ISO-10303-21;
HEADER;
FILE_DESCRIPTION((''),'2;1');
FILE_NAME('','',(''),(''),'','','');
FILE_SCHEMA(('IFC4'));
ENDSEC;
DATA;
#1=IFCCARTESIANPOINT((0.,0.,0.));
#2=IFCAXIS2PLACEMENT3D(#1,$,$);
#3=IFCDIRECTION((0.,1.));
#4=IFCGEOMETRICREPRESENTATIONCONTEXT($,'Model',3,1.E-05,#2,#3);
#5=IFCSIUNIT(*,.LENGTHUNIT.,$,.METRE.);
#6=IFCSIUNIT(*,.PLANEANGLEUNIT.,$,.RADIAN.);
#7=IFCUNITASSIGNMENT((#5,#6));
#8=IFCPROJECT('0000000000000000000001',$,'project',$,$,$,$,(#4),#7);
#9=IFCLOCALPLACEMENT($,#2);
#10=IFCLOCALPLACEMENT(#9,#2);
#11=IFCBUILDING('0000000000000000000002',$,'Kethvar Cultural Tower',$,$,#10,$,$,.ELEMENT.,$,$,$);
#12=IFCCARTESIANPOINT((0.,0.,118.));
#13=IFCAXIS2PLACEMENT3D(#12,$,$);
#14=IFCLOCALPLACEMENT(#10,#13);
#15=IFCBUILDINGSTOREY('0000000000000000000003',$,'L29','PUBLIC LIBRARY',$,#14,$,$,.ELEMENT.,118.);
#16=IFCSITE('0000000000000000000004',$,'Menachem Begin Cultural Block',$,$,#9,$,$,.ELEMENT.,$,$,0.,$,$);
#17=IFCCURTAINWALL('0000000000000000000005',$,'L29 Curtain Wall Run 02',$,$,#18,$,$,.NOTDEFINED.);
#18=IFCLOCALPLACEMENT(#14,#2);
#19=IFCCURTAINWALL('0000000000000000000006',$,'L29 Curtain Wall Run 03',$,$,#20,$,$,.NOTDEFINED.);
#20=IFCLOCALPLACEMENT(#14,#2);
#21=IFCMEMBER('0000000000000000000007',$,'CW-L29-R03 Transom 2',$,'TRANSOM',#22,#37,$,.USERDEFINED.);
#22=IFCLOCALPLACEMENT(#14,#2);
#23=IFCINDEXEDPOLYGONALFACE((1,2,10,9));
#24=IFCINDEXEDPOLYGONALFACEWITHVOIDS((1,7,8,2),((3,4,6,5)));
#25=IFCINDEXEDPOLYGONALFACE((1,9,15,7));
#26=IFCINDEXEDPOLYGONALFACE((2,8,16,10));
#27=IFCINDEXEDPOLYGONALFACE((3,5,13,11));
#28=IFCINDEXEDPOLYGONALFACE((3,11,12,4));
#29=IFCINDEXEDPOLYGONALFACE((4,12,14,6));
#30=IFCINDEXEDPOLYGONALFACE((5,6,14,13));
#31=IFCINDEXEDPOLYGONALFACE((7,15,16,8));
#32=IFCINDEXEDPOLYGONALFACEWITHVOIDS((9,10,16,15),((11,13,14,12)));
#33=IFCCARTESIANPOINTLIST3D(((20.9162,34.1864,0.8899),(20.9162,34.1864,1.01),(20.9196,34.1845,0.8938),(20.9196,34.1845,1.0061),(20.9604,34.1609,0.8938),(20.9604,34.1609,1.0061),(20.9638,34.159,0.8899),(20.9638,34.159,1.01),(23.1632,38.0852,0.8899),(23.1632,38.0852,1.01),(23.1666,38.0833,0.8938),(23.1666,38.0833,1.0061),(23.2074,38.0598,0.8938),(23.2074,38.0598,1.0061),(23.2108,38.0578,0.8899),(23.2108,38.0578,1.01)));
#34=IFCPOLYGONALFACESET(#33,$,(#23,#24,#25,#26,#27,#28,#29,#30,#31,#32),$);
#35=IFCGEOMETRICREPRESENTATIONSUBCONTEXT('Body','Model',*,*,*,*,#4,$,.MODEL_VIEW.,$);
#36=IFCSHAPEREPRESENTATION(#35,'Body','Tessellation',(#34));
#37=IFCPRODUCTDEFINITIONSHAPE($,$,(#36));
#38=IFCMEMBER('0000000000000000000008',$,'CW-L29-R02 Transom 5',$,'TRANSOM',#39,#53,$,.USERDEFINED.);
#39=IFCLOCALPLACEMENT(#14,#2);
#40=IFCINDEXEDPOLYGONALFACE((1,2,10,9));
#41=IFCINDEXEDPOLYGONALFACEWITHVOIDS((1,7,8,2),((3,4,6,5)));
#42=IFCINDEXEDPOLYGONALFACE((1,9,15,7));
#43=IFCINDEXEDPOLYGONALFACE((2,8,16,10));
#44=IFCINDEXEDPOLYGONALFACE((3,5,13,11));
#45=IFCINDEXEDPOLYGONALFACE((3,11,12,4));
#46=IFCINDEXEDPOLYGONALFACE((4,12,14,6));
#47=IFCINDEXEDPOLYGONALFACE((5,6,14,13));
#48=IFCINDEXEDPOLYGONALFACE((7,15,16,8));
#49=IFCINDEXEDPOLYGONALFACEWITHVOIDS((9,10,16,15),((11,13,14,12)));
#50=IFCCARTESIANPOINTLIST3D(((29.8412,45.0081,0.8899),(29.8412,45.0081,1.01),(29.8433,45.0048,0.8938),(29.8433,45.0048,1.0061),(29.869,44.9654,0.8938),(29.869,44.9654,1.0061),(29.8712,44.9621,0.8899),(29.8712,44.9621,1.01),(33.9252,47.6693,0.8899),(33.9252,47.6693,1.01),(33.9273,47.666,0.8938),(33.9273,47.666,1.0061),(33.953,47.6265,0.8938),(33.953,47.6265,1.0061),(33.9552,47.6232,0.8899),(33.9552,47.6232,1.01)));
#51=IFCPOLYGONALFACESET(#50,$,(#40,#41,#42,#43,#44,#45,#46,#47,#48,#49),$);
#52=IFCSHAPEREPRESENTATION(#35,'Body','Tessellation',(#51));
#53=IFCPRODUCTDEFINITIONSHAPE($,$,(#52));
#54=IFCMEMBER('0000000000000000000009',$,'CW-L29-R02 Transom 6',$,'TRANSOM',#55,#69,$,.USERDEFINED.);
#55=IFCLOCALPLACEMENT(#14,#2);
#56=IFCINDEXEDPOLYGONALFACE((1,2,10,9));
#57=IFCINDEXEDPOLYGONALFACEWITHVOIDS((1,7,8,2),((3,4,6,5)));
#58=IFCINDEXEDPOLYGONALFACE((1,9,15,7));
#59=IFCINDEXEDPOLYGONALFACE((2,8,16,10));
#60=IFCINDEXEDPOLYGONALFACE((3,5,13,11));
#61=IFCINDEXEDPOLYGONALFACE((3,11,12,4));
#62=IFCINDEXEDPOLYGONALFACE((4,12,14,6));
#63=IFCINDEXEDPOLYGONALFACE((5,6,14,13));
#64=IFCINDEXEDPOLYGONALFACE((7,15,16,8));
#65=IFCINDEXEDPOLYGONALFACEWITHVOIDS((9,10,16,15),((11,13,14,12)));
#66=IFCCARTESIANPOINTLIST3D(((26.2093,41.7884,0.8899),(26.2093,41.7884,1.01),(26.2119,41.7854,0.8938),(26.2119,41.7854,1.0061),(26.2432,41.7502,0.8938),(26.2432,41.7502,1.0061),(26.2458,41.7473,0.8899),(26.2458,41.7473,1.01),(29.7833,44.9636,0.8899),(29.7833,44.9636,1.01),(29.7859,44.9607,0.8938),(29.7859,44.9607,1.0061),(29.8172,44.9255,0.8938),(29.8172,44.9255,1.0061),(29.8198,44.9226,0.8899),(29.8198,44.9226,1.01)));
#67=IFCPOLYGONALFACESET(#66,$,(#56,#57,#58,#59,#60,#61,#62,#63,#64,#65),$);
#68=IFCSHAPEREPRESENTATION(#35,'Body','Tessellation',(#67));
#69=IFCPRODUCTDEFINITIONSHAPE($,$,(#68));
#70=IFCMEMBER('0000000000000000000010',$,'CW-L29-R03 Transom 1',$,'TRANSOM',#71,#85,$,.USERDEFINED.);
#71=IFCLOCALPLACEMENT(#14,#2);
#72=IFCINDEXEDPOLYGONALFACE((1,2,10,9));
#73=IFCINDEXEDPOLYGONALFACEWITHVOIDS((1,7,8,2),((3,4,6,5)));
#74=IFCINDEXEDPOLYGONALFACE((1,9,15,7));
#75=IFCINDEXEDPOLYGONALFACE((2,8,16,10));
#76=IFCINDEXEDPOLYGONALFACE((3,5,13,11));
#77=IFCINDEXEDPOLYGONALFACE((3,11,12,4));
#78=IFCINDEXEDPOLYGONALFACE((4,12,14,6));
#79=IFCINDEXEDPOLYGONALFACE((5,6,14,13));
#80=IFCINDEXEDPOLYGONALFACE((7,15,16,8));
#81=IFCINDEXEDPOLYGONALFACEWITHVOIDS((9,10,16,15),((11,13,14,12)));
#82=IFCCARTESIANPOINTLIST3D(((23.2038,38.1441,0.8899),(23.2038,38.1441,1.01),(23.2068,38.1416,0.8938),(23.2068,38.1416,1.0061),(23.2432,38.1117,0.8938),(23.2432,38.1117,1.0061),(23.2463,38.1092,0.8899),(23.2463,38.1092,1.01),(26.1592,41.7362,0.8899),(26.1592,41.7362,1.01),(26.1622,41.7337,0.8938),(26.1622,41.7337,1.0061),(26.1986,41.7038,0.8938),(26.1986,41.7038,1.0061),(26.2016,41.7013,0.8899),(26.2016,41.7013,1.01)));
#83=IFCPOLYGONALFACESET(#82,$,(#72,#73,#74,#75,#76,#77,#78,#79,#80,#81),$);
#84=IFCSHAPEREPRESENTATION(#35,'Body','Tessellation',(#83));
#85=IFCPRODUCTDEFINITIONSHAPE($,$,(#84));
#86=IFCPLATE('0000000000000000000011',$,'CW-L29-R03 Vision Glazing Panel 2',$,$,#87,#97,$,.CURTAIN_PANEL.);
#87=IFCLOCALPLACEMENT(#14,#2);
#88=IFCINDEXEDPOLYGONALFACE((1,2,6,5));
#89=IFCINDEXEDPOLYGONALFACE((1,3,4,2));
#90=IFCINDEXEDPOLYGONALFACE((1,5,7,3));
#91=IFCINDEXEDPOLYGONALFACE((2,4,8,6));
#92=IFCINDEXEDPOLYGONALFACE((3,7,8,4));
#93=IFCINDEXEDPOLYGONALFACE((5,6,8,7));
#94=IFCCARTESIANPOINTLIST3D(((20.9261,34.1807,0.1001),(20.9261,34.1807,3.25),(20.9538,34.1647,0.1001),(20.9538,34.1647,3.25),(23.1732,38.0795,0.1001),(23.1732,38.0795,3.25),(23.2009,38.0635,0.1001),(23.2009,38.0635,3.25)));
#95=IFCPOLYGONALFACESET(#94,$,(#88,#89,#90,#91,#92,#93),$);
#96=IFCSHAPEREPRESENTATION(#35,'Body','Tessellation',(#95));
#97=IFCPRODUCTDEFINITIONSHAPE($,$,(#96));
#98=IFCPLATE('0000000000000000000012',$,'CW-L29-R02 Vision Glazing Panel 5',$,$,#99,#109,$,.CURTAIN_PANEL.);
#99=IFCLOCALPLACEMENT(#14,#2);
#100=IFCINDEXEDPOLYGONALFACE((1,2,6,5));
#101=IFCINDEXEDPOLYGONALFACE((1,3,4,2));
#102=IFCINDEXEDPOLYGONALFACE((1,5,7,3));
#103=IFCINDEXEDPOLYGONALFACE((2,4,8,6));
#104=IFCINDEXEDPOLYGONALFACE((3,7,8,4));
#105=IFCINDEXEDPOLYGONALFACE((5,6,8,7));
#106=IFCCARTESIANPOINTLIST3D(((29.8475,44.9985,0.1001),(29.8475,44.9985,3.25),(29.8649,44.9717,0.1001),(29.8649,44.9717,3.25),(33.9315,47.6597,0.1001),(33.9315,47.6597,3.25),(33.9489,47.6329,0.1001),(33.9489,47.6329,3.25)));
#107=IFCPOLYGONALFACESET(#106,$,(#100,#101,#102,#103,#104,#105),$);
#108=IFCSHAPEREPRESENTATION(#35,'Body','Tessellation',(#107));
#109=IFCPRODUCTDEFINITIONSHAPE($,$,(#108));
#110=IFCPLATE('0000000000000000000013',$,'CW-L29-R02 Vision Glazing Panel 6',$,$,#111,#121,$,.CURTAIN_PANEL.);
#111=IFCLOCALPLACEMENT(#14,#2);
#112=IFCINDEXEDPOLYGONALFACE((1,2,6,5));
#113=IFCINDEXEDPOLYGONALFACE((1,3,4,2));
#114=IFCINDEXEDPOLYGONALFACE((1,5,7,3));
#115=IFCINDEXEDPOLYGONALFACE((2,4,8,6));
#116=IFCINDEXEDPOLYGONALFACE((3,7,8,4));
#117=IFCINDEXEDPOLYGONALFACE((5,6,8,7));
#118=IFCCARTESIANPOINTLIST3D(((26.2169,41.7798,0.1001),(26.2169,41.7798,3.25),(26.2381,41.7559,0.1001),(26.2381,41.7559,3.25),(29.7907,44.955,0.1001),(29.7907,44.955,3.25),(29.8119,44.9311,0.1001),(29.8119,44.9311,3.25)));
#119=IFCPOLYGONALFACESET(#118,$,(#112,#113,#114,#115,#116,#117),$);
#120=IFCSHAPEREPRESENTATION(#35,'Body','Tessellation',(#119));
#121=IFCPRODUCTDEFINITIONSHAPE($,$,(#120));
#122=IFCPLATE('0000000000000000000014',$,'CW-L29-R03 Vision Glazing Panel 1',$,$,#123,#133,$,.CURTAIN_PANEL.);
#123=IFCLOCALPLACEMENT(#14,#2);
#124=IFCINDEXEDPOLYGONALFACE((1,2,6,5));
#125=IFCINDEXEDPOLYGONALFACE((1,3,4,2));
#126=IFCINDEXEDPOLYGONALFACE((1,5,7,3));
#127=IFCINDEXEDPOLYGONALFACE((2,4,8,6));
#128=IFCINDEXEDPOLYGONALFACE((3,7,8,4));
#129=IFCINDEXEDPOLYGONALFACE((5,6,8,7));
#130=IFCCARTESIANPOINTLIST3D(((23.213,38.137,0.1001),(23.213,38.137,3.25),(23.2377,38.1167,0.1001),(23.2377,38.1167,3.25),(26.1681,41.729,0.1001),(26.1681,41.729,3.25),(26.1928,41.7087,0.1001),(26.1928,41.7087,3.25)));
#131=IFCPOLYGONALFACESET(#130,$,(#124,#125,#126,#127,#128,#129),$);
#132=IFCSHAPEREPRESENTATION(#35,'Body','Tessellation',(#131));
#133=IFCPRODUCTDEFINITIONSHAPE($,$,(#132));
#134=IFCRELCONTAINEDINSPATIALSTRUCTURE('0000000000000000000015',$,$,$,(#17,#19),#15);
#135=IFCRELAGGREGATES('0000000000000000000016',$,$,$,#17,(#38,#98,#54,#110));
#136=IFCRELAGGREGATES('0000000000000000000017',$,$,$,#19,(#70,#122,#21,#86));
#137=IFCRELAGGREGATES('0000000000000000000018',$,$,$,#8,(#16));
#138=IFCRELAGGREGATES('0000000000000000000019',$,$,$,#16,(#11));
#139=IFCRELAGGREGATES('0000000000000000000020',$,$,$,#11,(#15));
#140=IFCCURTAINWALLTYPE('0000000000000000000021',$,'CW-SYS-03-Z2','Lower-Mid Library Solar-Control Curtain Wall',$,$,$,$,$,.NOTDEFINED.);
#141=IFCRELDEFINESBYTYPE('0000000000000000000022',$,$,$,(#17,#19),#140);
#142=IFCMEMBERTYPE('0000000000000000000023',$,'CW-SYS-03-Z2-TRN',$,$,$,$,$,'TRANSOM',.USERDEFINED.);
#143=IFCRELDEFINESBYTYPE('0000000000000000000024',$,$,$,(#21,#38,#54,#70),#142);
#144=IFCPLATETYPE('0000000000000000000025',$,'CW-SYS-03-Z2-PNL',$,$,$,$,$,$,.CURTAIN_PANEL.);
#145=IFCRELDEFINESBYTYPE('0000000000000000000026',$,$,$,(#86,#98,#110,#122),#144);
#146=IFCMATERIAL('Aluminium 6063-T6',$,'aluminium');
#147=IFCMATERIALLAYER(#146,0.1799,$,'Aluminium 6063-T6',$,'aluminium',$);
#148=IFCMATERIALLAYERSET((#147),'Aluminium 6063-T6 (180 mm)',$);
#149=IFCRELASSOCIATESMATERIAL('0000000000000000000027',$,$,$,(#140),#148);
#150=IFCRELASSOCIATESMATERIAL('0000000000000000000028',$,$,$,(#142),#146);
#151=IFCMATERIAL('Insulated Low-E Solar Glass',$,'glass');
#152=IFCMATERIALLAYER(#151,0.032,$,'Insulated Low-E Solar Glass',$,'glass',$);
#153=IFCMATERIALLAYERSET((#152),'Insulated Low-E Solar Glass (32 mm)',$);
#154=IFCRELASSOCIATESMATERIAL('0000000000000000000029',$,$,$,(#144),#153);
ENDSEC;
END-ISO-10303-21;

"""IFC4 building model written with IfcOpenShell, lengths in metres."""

from ifc_helpers import new_model, si_unit, direction, frame, origin, origin_2d, place, context, subcontext, project, spatial, rectangle, hollow_rectangle, extrude, source, transform, mapped, material, layer, layer_set, material_profile, profile_set, type_object, element, aggregate, save


model = new_model("IFC4")

# Units and contexts
model_context = context("Model", 3, precision=1e-05, world=origin(), true_north=direction((0.0, 1.0)))
body_context = subcontext(model_context, "Body", "Model", "MODEL_VIEW")
ifc_project = project(units=[si_unit("LENGTHUNIT", "METRE"), si_unit("PLANEANGLEUNIT", "RADIAN")], contexts=[model_context])

# Site, building, storey
site_placement = place(None, origin())
site = spatial("IfcSite", under=ifc_project, at=site_placement, Name="Menachem Begin Cultural Block", CompositionType="ELEMENT", RefElevation=0.0)
building_placement = place(site_placement, origin())
building = spatial("IfcBuilding", under=site, at=building_placement, Name="Kethvar Cultural Tower", CompositionType="ELEMENT")
storey_placement = place(building_placement, frame((0.0, 0.0, 118.0)))
storey = spatial("IfcBuildingStorey", under=building, at=storey_placement, Name="L29", Description="PUBLIC LIBRARY", CompositionType="ELEMENT", Elevation=118.0)

# Curtain walls, member
ifc_material_1 = material(Name="Aluminium 6063-T6", Category="aluminium")
ifc_layer_1 = layer(ifc_material_1, 0.1799, Name="Aluminium 6063-T6", Category="aluminium")
ifc_layer_set_1 = layer_set([ifc_layer_1], Name="Aluminium 6063-T6 (180 mm)")
curtain_wall_type = type_object("IfcCurtainWallType", Name="CW-SYS-03-Z2", Description="Lower-Mid Library Solar-Control Curtain Wall", PredefinedType="NOTDEFINED", material=ifc_layer_set_1)
curtain_wall_1_placement = place(storey_placement, origin())
curtain_wall_1 = element("IfcCurtainWall", 1, at=curtain_wall_1_placement, inside=storey, type_object=curtain_wall_type, Name="L29 Curtain Wall Run 02", PredefinedType="NOTDEFINED")
curtain_wall_2_placement = place(storey_placement, origin())
curtain_wall_2 = element("IfcCurtainWall", 2, at=curtain_wall_2_placement, inside=storey, type_object=curtain_wall_type, Name="L29 Curtain Wall Run 03", PredefinedType="NOTDEFINED")
ifc_material_profile_1 = material_profile(ifc_material_1, hollow_rectangle(XDim=0.0549, YDim=0.1201, WallThickness=0.0039, at=origin_2d()), Name="Aluminium 6063-T6 — RHS120x55x4")
ifc_profile_set_1 = profile_set([ifc_material_profile_1], Name="Aluminium 6063-T6 — RHS120x55x4")
member_type_1 = type_object("IfcMemberType", Name="CW-SYS-03-Z2-TRN", ElementType="TRANSOM", PredefinedType="USERDEFINED", material=ifc_profile_set_1)
shared_shape_1 = source(origin(), body_context, "Body", "SweptSolid", [
    extrude(hollow_rectangle(XDim=0.0549, YDim=0.1201, WallThickness=0.0039, at=origin_2d()), origin(), (0.0, 0.0, 1.0), 4.5),
])
member_1_placement = place(storey_placement, frame((23.187, 38.0715, 0.95), z_axis=(-0.499337, -0.866408, 0.0), x_axis=(0.866408, -0.499337, 0.0)))
member_1 = element("IfcMember", 3, at=member_1_placement, type_object=member_type_1, Name="CW-L29-R03 Transom 2", ObjectType="TRANSOM", PredefinedType="USERDEFINED", context=body_context, shape_type="MappedRepresentation", body=[
    mapped(shared_shape_1, transform((0.0, 0.0, 0.0), scale=1.0)),
])

# Members
shared_shape_2 = source(origin(), body_context, "Body", "SweptSolid", [
    extrude(hollow_rectangle(XDim=0.0549, YDim=0.1201, WallThickness=0.0039, at=origin_2d()), origin(), (0.0, 0.0, 1.0), 4.8745),
])
member_2_placement = place(storey_placement, frame((33.9402, 47.6462, 0.95), z_axis=(-0.83783, -0.545932, 0.0), x_axis=(0.545932, -0.83783, 0.0)))
member_2 = element("IfcMember", 4, at=member_2_placement, type_object=member_type_1, Name="CW-L29-R02 Transom 5", ObjectType="TRANSOM", PredefinedType="USERDEFINED", context=body_context, shape_type="MappedRepresentation", body=[
    mapped(shared_shape_2, transform((0.0, 0.0, 0.0), scale=1.0)),
])
shared_shape_3 = source(origin(), body_context, "Body", "SweptSolid", [
    extrude(hollow_rectangle(XDim=0.0549, YDim=0.1201, WallThickness=0.0039, at=origin_2d()), origin(), (0.0, 0.0, 1.0), 4.7808),
])
member_3_placement = place(storey_placement, frame((29.8015, 44.9431, 0.95), z_axis=(-0.747573, -0.66418, 0.0), x_axis=(0.66418, -0.747573, 0.0)))
member_3 = element("IfcMember", 5, at=member_3_placement, type_object=member_type_1, Name="CW-L29-R02 Transom 6", ObjectType="TRANSOM", PredefinedType="USERDEFINED", context=body_context, shape_type="MappedRepresentation", body=[
    mapped(shared_shape_3, transform((0.0, 0.0, 0.0), scale=1.0)),
])
shared_shape_4 = source(origin(), body_context, "Body", "SweptSolid", [
    extrude(hollow_rectangle(XDim=0.0549, YDim=0.1201, WallThickness=0.0039, at=origin_2d()), origin(), (0.0, 0.0, 1.0), 4.6516),
])
member_4_placement = place(storey_placement, frame((26.1804, 41.7188, 0.95), z_axis=(-0.635345, -0.772229, 0.0), x_axis=(0.772229, -0.635345, 0.0)))
member_4 = element("IfcMember", 6, at=member_4_placement, type_object=member_type_1, Name="CW-L29-R03 Transom 1", ObjectType="TRANSOM", PredefinedType="USERDEFINED", context=body_context, shape_type="MappedRepresentation", body=[
    mapped(shared_shape_4, transform((0.0, 0.0, 0.0), scale=1.0)),
])

# Plates
ifc_material_2 = material(Name="Insulated Low-E Solar Glass", Category="glass")
ifc_layer_2 = layer(ifc_material_2, 0.032, Name="Insulated Low-E Solar Glass", Category="glass")
ifc_layer_set_2 = layer_set([ifc_layer_2], Name="Insulated Low-E Solar Glass (32 mm)")
plate_type = type_object("IfcPlateType", Name="CW-SYS-03-Z2-PNL", PredefinedType="CURTAIN_PANEL", material=ifc_layer_set_2)
shared_shape_5 = source(origin(), body_context, "Body", "SweptSolid", [
    extrude(rectangle(XDim=4.5, YDim=0.032, at=origin_2d()), origin(), (0.0, 0.0, 1.0), 3.1499),
])
plate_1_placement = place(storey_placement, frame((22.0635, 36.1221, 0.1001), z_axis=(0.0, 0.0, 1.0), x_axis=(-0.49935, -0.8664, 0.0)))
plate_1 = element("IfcPlate", 7, at=plate_1_placement, type_object=plate_type, Name="CW-L29-R03 Vision Glazing Panel 2", PredefinedType="CURTAIN_PANEL", context=body_context, shape_type="MappedRepresentation", body=[
    mapped(shared_shape_5, transform((0.0, 0.0, 0.0), scale=1.0)),
])
shared_shape_6 = source(origin(), body_context, "Body", "SweptSolid", [
    extrude(rectangle(XDim=4.8745, YDim=0.032, at=origin_2d()), origin(), (0.0, 0.0, 1.0), 3.1499),
])
plate_2_placement = place(storey_placement, frame((31.8982, 46.3157, 0.1001), z_axis=(0.0, 0.0, 1.0), x_axis=(-0.837824, -0.545941, 0.0)))
plate_2 = element("IfcPlate", 8, at=plate_2_placement, type_object=plate_type, Name="CW-L29-R02 Vision Glazing Panel 5", PredefinedType="CURTAIN_PANEL", context=body_context, shape_type="MappedRepresentation", body=[
    mapped(shared_shape_6, transform((0.0, 0.0, 0.0), scale=1.0)),
])
shared_shape_7 = source(origin(), body_context, "Body", "SweptSolid", [
    extrude(rectangle(XDim=4.7805, YDim=0.032, at=origin_2d()), origin(), (0.0, 0.0, 1.0), 3.1499),
])
plate_3_placement = place(storey_placement, frame((28.0144, 43.3555, 0.1001), z_axis=(0.0, 0.0, 1.0), x_axis=(-0.747566, -0.664187, 0.0)))
plate_3 = element("IfcPlate", 9, at=plate_3_placement, type_object=plate_type, Name="CW-L29-R02 Vision Glazing Panel 6", PredefinedType="CURTAIN_PANEL", context=body_context, shape_type="MappedRepresentation", body=[
    mapped(shared_shape_7, transform((0.0, 0.0, 0.0), scale=1.0)),
])
aggregate(curtain_wall_1, [member_2, plate_2, member_3, plate_3])
shared_shape_8 = source(origin(), body_context, "Body", "SweptSolid", [
    extrude(rectangle(XDim=4.6514, YDim=0.032, at=origin_2d()), origin(), (0.0, 0.0, 1.0), 3.1499),
])
plate_4_placement = place(storey_placement, frame((24.7029, 39.9229, 0.1001), z_axis=(0.0, 0.0, 1.0), x_axis=(-0.63531, -0.772257, 0.0)))
plate_4 = element("IfcPlate", 10, at=plate_4_placement, type_object=plate_type, Name="CW-L29-R03 Vision Glazing Panel 1", PredefinedType="CURTAIN_PANEL", context=body_context, shape_type="MappedRepresentation", body=[
    mapped(shared_shape_8, transform((0.0, 0.0, 0.0), scale=1.0)),
])
aggregate(curtain_wall_2, [member_4, plate_4, member_1, plate_1])

save(model, "model.ifc")
